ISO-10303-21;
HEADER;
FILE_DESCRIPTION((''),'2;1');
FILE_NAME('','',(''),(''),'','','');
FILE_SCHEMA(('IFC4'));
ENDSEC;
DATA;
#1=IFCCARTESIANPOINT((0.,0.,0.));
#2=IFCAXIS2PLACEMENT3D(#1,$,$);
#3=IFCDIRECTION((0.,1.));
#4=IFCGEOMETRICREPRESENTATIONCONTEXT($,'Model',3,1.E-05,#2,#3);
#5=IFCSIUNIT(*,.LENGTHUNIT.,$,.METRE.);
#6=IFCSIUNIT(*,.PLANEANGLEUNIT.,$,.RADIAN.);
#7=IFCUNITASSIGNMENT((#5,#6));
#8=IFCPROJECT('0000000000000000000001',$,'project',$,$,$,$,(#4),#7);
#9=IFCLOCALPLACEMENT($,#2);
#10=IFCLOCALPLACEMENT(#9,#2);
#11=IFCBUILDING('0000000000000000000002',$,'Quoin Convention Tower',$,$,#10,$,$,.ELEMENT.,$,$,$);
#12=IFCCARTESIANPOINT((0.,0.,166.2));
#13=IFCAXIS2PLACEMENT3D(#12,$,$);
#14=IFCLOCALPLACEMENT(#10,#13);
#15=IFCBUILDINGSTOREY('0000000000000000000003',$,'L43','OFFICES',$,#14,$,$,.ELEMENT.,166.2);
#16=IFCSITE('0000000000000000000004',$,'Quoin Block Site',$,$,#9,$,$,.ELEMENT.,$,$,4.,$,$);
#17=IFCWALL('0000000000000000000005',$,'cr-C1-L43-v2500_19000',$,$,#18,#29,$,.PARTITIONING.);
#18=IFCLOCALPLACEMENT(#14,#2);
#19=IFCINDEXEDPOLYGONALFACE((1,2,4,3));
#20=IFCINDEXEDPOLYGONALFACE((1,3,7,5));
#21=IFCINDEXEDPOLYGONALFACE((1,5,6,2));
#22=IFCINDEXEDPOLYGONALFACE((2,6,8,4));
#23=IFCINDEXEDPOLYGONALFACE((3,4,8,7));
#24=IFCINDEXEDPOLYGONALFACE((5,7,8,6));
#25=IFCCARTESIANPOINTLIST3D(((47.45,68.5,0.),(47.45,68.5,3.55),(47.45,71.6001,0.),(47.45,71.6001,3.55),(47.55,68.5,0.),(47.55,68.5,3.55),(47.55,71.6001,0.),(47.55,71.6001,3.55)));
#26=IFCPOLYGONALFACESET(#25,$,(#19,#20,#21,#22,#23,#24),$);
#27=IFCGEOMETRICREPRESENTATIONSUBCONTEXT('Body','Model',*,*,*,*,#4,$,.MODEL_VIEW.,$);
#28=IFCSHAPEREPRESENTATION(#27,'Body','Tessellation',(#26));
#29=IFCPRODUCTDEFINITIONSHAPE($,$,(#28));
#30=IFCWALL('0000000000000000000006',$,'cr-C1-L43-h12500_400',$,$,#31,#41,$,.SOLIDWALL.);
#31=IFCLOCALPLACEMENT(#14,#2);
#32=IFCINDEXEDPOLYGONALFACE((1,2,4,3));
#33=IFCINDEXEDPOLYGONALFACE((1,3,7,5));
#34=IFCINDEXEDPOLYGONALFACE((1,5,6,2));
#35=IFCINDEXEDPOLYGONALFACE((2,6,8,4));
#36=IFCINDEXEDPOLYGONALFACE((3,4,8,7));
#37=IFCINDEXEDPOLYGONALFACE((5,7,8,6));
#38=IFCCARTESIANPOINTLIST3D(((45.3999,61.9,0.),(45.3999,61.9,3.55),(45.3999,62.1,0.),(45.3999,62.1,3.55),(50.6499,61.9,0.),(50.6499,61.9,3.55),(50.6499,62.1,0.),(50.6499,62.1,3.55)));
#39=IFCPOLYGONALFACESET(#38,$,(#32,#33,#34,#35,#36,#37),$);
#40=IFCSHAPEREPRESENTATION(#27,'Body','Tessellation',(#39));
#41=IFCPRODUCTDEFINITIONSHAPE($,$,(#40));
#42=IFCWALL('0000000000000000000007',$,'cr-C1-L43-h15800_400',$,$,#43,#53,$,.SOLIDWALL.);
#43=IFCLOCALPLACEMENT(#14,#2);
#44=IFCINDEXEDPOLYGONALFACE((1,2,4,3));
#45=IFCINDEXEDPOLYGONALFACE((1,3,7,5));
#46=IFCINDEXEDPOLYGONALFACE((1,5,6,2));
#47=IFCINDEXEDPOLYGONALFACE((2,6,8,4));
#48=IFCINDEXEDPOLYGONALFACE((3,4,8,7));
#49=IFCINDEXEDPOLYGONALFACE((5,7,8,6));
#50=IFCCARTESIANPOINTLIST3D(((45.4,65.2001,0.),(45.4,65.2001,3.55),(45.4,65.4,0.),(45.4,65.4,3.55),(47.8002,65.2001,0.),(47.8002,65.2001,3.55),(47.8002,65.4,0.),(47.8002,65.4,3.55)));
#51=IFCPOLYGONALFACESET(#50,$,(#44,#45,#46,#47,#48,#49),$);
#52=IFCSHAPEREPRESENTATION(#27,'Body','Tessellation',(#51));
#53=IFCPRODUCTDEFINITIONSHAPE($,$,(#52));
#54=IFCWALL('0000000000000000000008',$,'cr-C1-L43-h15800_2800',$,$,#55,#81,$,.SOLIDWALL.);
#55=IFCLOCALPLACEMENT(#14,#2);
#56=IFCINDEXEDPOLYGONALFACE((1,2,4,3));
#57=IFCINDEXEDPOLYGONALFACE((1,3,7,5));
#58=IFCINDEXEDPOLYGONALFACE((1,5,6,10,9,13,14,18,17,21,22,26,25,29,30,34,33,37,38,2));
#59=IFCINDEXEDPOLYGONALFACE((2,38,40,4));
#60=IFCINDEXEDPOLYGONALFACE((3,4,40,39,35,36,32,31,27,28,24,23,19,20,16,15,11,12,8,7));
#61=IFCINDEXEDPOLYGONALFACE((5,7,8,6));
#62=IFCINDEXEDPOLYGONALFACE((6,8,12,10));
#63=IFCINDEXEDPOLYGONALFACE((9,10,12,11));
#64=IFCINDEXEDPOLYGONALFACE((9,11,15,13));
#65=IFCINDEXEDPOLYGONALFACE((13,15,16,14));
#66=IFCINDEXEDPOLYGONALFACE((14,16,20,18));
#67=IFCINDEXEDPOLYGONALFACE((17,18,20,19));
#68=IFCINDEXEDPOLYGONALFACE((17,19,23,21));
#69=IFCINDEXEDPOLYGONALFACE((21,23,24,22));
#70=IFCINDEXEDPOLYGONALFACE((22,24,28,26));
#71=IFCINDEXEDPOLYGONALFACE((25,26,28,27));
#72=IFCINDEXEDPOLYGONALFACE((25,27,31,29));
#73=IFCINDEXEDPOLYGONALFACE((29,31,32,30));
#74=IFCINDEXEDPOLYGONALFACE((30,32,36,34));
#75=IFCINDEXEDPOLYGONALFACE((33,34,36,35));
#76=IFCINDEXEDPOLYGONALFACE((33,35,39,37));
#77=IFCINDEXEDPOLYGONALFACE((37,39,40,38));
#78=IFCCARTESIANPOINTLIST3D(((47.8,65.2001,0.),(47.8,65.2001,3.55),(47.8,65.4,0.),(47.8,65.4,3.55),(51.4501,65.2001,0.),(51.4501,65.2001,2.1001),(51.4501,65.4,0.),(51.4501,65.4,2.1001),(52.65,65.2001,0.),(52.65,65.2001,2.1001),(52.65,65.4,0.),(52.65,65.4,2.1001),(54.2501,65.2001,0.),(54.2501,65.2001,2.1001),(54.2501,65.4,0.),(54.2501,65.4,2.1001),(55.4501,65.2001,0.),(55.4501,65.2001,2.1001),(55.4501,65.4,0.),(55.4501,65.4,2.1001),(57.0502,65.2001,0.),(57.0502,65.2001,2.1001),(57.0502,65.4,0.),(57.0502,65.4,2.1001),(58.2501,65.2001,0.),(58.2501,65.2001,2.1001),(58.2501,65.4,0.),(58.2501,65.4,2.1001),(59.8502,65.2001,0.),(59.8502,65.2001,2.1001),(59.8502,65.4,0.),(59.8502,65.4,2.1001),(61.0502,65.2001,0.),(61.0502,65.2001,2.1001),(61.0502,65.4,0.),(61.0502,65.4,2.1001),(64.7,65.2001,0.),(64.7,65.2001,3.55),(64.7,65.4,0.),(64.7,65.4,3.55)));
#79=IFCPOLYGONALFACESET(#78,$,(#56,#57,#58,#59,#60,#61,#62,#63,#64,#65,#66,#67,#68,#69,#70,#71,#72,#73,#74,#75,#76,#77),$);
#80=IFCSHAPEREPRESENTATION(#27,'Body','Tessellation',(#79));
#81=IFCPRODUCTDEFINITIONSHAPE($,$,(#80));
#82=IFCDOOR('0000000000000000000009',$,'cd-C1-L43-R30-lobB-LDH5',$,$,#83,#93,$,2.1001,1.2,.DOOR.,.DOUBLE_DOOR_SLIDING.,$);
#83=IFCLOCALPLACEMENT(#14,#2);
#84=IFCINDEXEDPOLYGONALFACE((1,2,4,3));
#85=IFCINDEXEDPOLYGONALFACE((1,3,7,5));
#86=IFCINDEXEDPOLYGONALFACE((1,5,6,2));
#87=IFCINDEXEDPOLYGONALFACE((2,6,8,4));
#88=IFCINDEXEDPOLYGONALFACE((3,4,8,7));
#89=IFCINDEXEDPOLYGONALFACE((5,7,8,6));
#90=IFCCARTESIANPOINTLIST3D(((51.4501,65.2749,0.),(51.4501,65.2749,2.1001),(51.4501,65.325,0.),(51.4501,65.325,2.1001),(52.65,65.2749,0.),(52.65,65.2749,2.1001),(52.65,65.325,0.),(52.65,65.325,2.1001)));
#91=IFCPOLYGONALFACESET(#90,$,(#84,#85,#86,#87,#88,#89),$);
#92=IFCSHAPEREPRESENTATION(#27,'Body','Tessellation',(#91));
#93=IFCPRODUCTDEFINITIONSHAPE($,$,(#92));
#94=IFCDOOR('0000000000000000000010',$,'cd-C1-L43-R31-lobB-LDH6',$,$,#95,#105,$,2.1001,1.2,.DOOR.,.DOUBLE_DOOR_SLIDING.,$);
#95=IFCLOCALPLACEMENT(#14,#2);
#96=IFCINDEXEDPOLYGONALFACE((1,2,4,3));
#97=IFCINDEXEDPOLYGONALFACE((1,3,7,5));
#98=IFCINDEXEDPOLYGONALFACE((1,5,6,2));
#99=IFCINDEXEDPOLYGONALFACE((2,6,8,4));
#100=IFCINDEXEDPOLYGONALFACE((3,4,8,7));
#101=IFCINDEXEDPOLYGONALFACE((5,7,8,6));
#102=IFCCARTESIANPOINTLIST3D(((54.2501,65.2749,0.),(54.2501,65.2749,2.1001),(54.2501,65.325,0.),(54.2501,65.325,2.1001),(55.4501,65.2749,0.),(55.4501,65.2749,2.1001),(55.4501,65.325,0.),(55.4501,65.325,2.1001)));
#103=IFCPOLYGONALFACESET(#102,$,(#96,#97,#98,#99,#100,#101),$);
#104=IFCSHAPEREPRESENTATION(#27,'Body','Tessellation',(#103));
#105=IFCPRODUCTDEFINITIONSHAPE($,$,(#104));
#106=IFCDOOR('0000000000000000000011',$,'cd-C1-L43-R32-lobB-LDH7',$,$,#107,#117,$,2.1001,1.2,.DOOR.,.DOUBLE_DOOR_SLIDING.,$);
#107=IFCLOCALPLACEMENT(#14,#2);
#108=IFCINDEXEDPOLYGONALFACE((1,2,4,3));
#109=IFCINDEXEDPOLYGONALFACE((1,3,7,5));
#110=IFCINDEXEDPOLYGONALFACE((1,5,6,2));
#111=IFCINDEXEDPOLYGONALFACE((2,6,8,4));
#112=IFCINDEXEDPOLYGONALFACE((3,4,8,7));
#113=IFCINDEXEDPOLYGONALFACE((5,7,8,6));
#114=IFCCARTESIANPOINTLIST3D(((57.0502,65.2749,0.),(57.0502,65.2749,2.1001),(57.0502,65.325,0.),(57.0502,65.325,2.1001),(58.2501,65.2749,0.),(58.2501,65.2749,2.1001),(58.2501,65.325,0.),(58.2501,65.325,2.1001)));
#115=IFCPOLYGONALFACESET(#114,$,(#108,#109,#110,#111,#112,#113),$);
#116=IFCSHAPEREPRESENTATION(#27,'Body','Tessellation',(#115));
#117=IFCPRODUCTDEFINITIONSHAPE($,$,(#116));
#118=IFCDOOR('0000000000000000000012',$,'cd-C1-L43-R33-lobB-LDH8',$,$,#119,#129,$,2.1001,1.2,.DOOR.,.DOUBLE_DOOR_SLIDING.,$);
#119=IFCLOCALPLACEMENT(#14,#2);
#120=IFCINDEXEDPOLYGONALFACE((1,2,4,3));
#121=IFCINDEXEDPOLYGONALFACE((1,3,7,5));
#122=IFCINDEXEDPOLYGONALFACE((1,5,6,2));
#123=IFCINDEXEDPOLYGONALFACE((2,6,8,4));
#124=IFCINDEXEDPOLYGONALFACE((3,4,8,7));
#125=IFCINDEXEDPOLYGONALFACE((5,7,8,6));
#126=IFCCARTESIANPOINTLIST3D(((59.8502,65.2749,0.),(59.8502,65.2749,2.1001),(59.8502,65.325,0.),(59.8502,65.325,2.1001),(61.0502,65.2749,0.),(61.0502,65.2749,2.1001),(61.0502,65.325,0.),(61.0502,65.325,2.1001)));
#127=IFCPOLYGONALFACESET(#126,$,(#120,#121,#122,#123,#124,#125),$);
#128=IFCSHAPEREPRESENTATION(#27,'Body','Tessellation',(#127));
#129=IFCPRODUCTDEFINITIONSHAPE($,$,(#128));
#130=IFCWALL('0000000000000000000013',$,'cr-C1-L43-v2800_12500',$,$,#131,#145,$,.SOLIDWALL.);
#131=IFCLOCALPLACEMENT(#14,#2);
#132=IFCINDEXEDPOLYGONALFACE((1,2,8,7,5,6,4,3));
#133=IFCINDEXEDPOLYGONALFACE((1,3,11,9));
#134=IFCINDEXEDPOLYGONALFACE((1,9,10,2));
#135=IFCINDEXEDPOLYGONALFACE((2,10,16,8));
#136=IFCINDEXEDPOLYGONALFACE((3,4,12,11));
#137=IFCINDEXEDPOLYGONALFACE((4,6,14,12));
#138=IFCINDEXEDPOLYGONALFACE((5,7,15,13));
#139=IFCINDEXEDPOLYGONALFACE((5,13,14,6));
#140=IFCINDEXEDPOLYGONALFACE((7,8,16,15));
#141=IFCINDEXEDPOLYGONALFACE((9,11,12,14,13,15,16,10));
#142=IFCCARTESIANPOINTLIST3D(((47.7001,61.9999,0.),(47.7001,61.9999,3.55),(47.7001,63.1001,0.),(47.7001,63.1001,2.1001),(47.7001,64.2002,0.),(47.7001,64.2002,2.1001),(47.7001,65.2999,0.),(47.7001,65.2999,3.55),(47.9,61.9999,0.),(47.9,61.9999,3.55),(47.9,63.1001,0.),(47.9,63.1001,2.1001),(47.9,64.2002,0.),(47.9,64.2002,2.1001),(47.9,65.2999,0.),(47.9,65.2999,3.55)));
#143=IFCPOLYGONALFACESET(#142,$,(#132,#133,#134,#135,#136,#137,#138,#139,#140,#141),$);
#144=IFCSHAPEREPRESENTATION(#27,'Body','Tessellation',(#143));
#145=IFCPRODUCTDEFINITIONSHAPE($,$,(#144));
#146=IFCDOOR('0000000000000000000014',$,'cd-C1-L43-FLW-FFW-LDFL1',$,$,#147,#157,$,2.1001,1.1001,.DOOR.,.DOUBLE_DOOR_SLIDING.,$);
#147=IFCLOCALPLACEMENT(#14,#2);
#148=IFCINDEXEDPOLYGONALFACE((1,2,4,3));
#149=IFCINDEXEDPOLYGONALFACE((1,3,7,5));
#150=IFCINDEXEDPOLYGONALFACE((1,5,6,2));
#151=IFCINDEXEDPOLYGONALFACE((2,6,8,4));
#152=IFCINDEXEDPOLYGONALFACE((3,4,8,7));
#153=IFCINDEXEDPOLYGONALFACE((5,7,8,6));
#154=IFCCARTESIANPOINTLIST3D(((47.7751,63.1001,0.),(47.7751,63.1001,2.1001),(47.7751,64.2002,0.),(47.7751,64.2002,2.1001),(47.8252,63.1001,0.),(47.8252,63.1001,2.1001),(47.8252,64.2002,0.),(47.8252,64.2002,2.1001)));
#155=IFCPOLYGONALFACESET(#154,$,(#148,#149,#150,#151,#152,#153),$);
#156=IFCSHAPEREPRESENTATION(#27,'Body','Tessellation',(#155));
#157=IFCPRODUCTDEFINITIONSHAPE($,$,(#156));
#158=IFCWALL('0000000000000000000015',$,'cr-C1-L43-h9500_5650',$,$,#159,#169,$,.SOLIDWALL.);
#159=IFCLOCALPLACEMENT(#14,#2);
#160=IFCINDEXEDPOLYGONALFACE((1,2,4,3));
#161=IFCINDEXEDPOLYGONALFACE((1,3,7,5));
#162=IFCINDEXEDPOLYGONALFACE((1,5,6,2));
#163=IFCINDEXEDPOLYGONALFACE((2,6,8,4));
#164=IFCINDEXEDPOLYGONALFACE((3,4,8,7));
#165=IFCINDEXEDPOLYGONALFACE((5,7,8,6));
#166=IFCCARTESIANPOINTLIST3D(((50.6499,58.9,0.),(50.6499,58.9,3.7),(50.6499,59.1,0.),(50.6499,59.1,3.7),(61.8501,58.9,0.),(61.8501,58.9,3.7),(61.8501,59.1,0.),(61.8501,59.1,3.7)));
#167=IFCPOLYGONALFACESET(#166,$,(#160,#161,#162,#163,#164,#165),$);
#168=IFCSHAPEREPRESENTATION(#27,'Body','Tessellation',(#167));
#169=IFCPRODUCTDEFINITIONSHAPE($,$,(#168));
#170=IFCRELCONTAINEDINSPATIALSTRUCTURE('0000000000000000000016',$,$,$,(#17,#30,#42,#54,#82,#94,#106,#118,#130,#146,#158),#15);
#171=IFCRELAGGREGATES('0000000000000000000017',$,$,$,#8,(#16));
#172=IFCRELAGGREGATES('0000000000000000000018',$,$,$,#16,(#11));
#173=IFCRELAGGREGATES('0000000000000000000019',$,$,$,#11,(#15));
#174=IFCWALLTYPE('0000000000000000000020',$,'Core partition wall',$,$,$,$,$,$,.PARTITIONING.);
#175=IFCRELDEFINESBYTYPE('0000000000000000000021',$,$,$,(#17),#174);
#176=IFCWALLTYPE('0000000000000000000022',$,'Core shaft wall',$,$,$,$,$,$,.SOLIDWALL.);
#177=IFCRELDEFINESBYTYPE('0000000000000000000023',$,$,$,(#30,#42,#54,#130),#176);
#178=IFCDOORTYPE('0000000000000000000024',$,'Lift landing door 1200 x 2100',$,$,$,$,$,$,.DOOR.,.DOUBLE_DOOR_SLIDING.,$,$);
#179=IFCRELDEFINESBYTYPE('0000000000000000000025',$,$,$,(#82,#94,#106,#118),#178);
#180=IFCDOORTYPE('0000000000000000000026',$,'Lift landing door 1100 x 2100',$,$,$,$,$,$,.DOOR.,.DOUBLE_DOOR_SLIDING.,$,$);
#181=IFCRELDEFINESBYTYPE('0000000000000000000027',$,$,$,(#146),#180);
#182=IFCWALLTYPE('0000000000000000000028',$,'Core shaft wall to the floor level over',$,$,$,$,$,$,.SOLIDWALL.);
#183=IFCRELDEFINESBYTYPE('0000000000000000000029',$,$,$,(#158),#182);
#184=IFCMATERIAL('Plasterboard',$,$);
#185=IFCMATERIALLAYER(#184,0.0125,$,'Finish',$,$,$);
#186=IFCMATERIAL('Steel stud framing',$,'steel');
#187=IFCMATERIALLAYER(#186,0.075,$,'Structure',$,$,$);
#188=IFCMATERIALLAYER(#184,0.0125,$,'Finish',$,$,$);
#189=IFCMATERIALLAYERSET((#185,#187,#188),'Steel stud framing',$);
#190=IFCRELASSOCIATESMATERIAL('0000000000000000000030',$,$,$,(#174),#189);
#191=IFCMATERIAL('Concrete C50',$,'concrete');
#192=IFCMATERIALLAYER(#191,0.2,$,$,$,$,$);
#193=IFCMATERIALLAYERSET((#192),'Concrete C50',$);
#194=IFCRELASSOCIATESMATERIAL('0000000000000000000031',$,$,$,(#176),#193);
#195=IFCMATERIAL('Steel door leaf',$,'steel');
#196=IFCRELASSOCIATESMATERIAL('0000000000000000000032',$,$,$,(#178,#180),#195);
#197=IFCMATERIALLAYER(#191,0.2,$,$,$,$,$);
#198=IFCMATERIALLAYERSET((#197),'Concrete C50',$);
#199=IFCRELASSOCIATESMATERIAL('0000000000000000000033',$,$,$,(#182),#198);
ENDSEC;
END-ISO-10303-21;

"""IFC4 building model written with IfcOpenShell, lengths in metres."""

from ifc_helpers import new_model, si_unit, direction, frame, frame_2d, origin, place, context, subcontext, project, spatial, rectangle, extrude, material, layer, layer_set, type_object, element, fill, save


model = new_model("IFC4")

# Units and contexts
model_context = context("Model", 3, precision=1e-05, world=origin(), true_north=direction((0.0, 1.0)))
body_context = subcontext(model_context, "Body", "Model", "MODEL_VIEW")
ifc_project = project(units=[si_unit("LENGTHUNIT", "METRE"), si_unit("PLANEANGLEUNIT", "RADIAN")], contexts=[model_context])

# Site, building, storey
site_placement = place(None, origin())
site = spatial("IfcSite", under=ifc_project, at=site_placement, Name="Quoin Block Site", CompositionType="ELEMENT", RefElevation=4.0)
building_placement = place(site_placement, origin())
building = spatial("IfcBuilding", under=site, at=building_placement, Name="Quoin Convention Tower", CompositionType="ELEMENT")
storey_placement = place(building_placement, frame((0.0, 0.0, 166.2)))
storey = spatial("IfcBuildingStorey", under=building, at=storey_placement, Name="L43", Description="OFFICES", CompositionType="ELEMENT", Elevation=166.2)

# Shared definitions
ifc_material_1 = material(Name="Plasterboard")
ifc_layer_1 = layer(ifc_material_1, 0.0125, Name="Finish")
ifc_material_2 = material(Name="Steel stud framing", Category="steel")
ifc_layer_2 = layer(ifc_material_2, 0.075, Name="Structure")
ifc_layer_3 = layer(ifc_material_1, 0.0125, Name="Finish")
ifc_layer_set_1 = layer_set([ifc_layer_1, ifc_layer_2, ifc_layer_3], Name="Steel stud framing")
wall_type_1 = type_object("IfcWallType", Name="Core partition wall", PredefinedType="PARTITIONING", material=ifc_layer_set_1)
ifc_material_3 = material(Name="Steel door leaf", Category="steel")

# Walls
wall_1_placement = place(storey_placement, frame((47.5, 68.5, 0.0), z_axis=(0.0, 0.0, 1.0), x_axis=(0.0, 1.0, 0.0)))
element("IfcWall", 1, at=wall_1_placement, inside=storey, type_object=wall_type_1, Name="cr-C1-L43-v2500_19000", PredefinedType="PARTITIONING", context=body_context, shape_type="SweptSolid", body=[
    extrude(rectangle(XDim=3.1001, YDim=0.1001, at=frame_2d((1.55, 0.0))), origin(), (0.0, 0.0, 1.0), 3.55),
])
ifc_material_4 = material(Name="Concrete C50", Category="concrete")
ifc_layer_4 = layer(ifc_material_4, 0.2)
ifc_layer_set_2 = layer_set([ifc_layer_4], Name="Concrete C50")
wall_type_2 = type_object("IfcWallType", Name="Core shaft wall", PredefinedType="SOLIDWALL", material=ifc_layer_set_2)
wall_2_placement = place(storey_placement, frame((45.3999, 62.0, 0.0), z_axis=(0.0, 0.0, 1.0), x_axis=(1.0, 0.0, 0.0)))
element("IfcWall", 2, at=wall_2_placement, inside=storey, type_object=wall_type_2, Name="cr-C1-L43-h12500_400", PredefinedType="SOLIDWALL", context=body_context, shape_type="SweptSolid", body=[
    extrude(rectangle(XDim=5.25, YDim=0.2, at=frame_2d((2.625, 0.0))), origin(), (0.0, 0.0, 1.0), 3.55),
])
wall_3_placement = place(storey_placement, frame((45.3999, 65.3, 0.0), z_axis=(0.0, 0.0, 1.0), x_axis=(1.0, 0.0, 0.0)))
element("IfcWall", 3, at=wall_3_placement, inside=storey, type_object=wall_type_2, Name="cr-C1-L43-h15800_400", PredefinedType="SOLIDWALL", context=body_context, shape_type="SweptSolid", body=[
    extrude(rectangle(XDim=2.4001, YDim=0.2, at=frame_2d((1.2002, 0.0))), origin(), (0.0, 0.0, 1.0), 3.55),
])

# Wall, openings, doors
wall_4_placement = place(storey_placement, frame((47.8, 65.3, 0.0), z_axis=(0.0, 0.0, 1.0), x_axis=(1.0, 0.0, 0.0)))
wall_4 = element("IfcWall", 4, at=wall_4_placement, inside=storey, type_object=wall_type_2, Name="cr-C1-L43-h15800_2800", PredefinedType="SOLIDWALL", context=body_context, shape_type="SweptSolid", body=[
    extrude(rectangle(XDim=16.8999, YDim=0.2, at=frame_2d((8.45, 0.0))), origin(), (0.0, 0.0, 1.0), 3.55),
])
opening_1_placement = place(wall_4_placement, frame((3.6499, 0.0, 0.0)))
opening_1 = element("IfcOpeningElement", 5, at=opening_1_placement, cuts=wall_4, PredefinedType="OPENING", context=body_context, shape_type="SweptSolid", body=[
    extrude(rectangle(XDim=1.2, YDim=2.1001, at=frame_2d((0.6001, 1.05))), frame((0.0, 0.1099, 0.0), z_axis=(0.0, -1.0, 0.0), x_axis=(1.0, 0.0, 0.0)), (0.0, 0.0, 1.0), 0.22),
])
opening_2_placement = place(wall_4_placement, frame((6.45, 0.0, 0.0)))
opening_2 = element("IfcOpeningElement", 6, at=opening_2_placement, cuts=wall_4, PredefinedType="OPENING", context=body_context, shape_type="SweptSolid", body=[
    extrude(rectangle(XDim=1.2, YDim=2.1001, at=frame_2d((0.6001, 1.05))), frame((0.0, 0.1099, 0.0), z_axis=(0.0, -1.0, 0.0), x_axis=(1.0, 0.0, 0.0)), (0.0, 0.0, 1.0), 0.22),
])
opening_3_placement = place(wall_4_placement, frame((9.25, 0.0, 0.0)))
opening_3 = element("IfcOpeningElement", 7, at=opening_3_placement, cuts=wall_4, PredefinedType="OPENING", context=body_context, shape_type="SweptSolid", body=[
    extrude(rectangle(XDim=1.2, YDim=2.1001, at=frame_2d((0.6001, 1.05))), frame((0.0, 0.1099, 0.0), z_axis=(0.0, -1.0, 0.0), x_axis=(1.0, 0.0, 0.0)), (0.0, 0.0, 1.0), 0.22),
])
opening_4_placement = place(wall_4_placement, frame((12.05, 0.0, 0.0)))
opening_4 = element("IfcOpeningElement", 8, at=opening_4_placement, cuts=wall_4, PredefinedType="OPENING", context=body_context, shape_type="SweptSolid", body=[
    extrude(rectangle(XDim=1.2, YDim=2.1001, at=frame_2d((0.6001, 1.05))), frame((0.0, 0.1099, 0.0), z_axis=(0.0, -1.0, 0.0), x_axis=(1.0, 0.0, 0.0)), (0.0, 0.0, 1.0), 0.22),
])
door_type_1 = type_object("IfcDoorType", Name="Lift landing door 1200 x 2100", OperationType="DOUBLE_DOOR_SLIDING", PredefinedType="DOOR", material=ifc_material_3)
door_1_placement = place(opening_1_placement, origin())
door_1 = element("IfcDoor", 9, at=door_1_placement, inside=storey, type_object=door_type_1, Name="cd-C1-L43-R30-lobB-LDH5", OperationType="DOUBLE_DOOR_SLIDING", OverallHeight=2.1001, OverallWidth=1.2, PredefinedType="DOOR", context=body_context, shape_type="SweptSolid", body=[
    extrude(rectangle(XDim=1.2, YDim=2.1001, at=frame_2d((0.6001, 1.05))), frame((0.0, 0.0249, 0.0), z_axis=(0.0, -1.0, 0.0), x_axis=(1.0, 0.0, 0.0)), (0.0, 0.0, 1.0), 0.05),
])
fill(opening_1, door_1)
door_2_placement = place(opening_2_placement, origin())
door_2 = element("IfcDoor", 10, at=door_2_placement, inside=storey, type_object=door_type_1, Name="cd-C1-L43-R31-lobB-LDH6", OperationType="DOUBLE_DOOR_SLIDING", OverallHeight=2.1001, OverallWidth=1.2, PredefinedType="DOOR", context=body_context, shape_type="SweptSolid", body=[
    extrude(rectangle(XDim=1.2, YDim=2.1001, at=frame_2d((0.6001, 1.05))), frame((0.0, 0.0249, 0.0), z_axis=(0.0, -1.0, 0.0), x_axis=(1.0, 0.0, 0.0)), (0.0, 0.0, 1.0), 0.05),
])
fill(opening_2, door_2)
door_3_placement = place(opening_3_placement, origin())
door_3 = element("IfcDoor", 11, at=door_3_placement, inside=storey, type_object=door_type_1, Name="cd-C1-L43-R32-lobB-LDH7", OperationType="DOUBLE_DOOR_SLIDING", OverallHeight=2.1001, OverallWidth=1.2, PredefinedType="DOOR", context=body_context, shape_type="SweptSolid", body=[
    extrude(rectangle(XDim=1.2, YDim=2.1001, at=frame_2d((0.6001, 1.05))), frame((0.0, 0.0249, 0.0), z_axis=(0.0, -1.0, 0.0), x_axis=(1.0, 0.0, 0.0)), (0.0, 0.0, 1.0), 0.05),
])
fill(opening_3, door_3)
door_4_placement = place(opening_4_placement, origin())
door_4 = element("IfcDoor", 12, at=door_4_placement, inside=storey, type_object=door_type_1, Name="cd-C1-L43-R33-lobB-LDH8", OperationType="DOUBLE_DOOR_SLIDING", OverallHeight=2.1001, OverallWidth=1.2, PredefinedType="DOOR", context=body_context, shape_type="SweptSolid", body=[
    extrude(rectangle(XDim=1.2, YDim=2.1001, at=frame_2d((0.6001, 1.05))), frame((0.0, 0.0249, 0.0), z_axis=(0.0, -1.0, 0.0), x_axis=(1.0, 0.0, 0.0)), (0.0, 0.0, 1.0), 0.05),
])
fill(opening_4, door_4)

# Wall, opening, door
wall_5_placement = place(storey_placement, frame((47.8, 62.0, 0.0), z_axis=(0.0, 0.0, 1.0), x_axis=(0.0, 1.0, 0.0)))
wall_5 = element("IfcWall", 13, at=wall_5_placement, inside=storey, type_object=wall_type_2, Name="cr-C1-L43-v2800_12500", PredefinedType="SOLIDWALL", context=body_context, shape_type="SweptSolid", body=[
    extrude(rectangle(XDim=3.3, YDim=0.2, at=frame_2d((1.6499, 0.0))), origin(), (0.0, 0.0, 1.0), 3.55),
])
opening_5_placement = place(wall_5_placement, frame((1.1001, 0.0, 0.0)))
opening_5 = element("IfcOpeningElement", 14, at=opening_5_placement, cuts=wall_5, PredefinedType="OPENING", context=body_context, shape_type="SweptSolid", body=[
    extrude(rectangle(XDim=1.1001, YDim=2.1001, at=frame_2d((0.55, 1.05))), frame((0.0, 0.1099, 0.0), z_axis=(0.0, -1.0, 0.0), x_axis=(1.0, 0.0, 0.0)), (0.0, 0.0, 1.0), 0.22),
])
door_type_2 = type_object("IfcDoorType", Name="Lift landing door 1100 x 2100", OperationType="DOUBLE_DOOR_SLIDING", PredefinedType="DOOR", material=ifc_material_3)
door_5_placement = place(opening_5_placement, origin())
door_5 = element("IfcDoor", 15, at=door_5_placement, inside=storey, type_object=door_type_2, Name="cd-C1-L43-FLW-FFW-LDFL1", OperationType="DOUBLE_DOOR_SLIDING", OverallHeight=2.1001, OverallWidth=1.1001, PredefinedType="DOOR", context=body_context, shape_type="SweptSolid", body=[
    extrude(rectangle(XDim=1.1001, YDim=2.1001, at=frame_2d((0.55, 1.05))), frame((0.0, 0.0249, 0.0), z_axis=(0.0, -1.0, 0.0), x_axis=(1.0, 0.0, 0.0)), (0.0, 0.0, 1.0), 0.05),
])
fill(opening_5, door_5)

# Wall
ifc_layer_5 = layer(ifc_material_4, 0.2)
ifc_layer_set_3 = layer_set([ifc_layer_5], Name="Concrete C50")
wall_type_3 = type_object("IfcWallType", Name="Core shaft wall to the floor level over", PredefinedType="SOLIDWALL", material=ifc_layer_set_3)
wall_6_placement = place(storey_placement, frame((50.6499, 59.0, 0.0), z_axis=(0.0, 0.0, 1.0), x_axis=(1.0, 0.0, 0.0)))
element("IfcWall", 16, at=wall_6_placement, inside=storey, type_object=wall_type_3, Name="cr-C1-L43-h9500_5650", PredefinedType="SOLIDWALL", context=body_context, shape_type="SweptSolid", body=[
    extrude(rectangle(XDim=11.2002, YDim=0.2, at=frame_2d((5.6001, 0.0))), origin(), (0.0, 0.0, 1.0), 3.7),
])

save(model, "model.ifc")
